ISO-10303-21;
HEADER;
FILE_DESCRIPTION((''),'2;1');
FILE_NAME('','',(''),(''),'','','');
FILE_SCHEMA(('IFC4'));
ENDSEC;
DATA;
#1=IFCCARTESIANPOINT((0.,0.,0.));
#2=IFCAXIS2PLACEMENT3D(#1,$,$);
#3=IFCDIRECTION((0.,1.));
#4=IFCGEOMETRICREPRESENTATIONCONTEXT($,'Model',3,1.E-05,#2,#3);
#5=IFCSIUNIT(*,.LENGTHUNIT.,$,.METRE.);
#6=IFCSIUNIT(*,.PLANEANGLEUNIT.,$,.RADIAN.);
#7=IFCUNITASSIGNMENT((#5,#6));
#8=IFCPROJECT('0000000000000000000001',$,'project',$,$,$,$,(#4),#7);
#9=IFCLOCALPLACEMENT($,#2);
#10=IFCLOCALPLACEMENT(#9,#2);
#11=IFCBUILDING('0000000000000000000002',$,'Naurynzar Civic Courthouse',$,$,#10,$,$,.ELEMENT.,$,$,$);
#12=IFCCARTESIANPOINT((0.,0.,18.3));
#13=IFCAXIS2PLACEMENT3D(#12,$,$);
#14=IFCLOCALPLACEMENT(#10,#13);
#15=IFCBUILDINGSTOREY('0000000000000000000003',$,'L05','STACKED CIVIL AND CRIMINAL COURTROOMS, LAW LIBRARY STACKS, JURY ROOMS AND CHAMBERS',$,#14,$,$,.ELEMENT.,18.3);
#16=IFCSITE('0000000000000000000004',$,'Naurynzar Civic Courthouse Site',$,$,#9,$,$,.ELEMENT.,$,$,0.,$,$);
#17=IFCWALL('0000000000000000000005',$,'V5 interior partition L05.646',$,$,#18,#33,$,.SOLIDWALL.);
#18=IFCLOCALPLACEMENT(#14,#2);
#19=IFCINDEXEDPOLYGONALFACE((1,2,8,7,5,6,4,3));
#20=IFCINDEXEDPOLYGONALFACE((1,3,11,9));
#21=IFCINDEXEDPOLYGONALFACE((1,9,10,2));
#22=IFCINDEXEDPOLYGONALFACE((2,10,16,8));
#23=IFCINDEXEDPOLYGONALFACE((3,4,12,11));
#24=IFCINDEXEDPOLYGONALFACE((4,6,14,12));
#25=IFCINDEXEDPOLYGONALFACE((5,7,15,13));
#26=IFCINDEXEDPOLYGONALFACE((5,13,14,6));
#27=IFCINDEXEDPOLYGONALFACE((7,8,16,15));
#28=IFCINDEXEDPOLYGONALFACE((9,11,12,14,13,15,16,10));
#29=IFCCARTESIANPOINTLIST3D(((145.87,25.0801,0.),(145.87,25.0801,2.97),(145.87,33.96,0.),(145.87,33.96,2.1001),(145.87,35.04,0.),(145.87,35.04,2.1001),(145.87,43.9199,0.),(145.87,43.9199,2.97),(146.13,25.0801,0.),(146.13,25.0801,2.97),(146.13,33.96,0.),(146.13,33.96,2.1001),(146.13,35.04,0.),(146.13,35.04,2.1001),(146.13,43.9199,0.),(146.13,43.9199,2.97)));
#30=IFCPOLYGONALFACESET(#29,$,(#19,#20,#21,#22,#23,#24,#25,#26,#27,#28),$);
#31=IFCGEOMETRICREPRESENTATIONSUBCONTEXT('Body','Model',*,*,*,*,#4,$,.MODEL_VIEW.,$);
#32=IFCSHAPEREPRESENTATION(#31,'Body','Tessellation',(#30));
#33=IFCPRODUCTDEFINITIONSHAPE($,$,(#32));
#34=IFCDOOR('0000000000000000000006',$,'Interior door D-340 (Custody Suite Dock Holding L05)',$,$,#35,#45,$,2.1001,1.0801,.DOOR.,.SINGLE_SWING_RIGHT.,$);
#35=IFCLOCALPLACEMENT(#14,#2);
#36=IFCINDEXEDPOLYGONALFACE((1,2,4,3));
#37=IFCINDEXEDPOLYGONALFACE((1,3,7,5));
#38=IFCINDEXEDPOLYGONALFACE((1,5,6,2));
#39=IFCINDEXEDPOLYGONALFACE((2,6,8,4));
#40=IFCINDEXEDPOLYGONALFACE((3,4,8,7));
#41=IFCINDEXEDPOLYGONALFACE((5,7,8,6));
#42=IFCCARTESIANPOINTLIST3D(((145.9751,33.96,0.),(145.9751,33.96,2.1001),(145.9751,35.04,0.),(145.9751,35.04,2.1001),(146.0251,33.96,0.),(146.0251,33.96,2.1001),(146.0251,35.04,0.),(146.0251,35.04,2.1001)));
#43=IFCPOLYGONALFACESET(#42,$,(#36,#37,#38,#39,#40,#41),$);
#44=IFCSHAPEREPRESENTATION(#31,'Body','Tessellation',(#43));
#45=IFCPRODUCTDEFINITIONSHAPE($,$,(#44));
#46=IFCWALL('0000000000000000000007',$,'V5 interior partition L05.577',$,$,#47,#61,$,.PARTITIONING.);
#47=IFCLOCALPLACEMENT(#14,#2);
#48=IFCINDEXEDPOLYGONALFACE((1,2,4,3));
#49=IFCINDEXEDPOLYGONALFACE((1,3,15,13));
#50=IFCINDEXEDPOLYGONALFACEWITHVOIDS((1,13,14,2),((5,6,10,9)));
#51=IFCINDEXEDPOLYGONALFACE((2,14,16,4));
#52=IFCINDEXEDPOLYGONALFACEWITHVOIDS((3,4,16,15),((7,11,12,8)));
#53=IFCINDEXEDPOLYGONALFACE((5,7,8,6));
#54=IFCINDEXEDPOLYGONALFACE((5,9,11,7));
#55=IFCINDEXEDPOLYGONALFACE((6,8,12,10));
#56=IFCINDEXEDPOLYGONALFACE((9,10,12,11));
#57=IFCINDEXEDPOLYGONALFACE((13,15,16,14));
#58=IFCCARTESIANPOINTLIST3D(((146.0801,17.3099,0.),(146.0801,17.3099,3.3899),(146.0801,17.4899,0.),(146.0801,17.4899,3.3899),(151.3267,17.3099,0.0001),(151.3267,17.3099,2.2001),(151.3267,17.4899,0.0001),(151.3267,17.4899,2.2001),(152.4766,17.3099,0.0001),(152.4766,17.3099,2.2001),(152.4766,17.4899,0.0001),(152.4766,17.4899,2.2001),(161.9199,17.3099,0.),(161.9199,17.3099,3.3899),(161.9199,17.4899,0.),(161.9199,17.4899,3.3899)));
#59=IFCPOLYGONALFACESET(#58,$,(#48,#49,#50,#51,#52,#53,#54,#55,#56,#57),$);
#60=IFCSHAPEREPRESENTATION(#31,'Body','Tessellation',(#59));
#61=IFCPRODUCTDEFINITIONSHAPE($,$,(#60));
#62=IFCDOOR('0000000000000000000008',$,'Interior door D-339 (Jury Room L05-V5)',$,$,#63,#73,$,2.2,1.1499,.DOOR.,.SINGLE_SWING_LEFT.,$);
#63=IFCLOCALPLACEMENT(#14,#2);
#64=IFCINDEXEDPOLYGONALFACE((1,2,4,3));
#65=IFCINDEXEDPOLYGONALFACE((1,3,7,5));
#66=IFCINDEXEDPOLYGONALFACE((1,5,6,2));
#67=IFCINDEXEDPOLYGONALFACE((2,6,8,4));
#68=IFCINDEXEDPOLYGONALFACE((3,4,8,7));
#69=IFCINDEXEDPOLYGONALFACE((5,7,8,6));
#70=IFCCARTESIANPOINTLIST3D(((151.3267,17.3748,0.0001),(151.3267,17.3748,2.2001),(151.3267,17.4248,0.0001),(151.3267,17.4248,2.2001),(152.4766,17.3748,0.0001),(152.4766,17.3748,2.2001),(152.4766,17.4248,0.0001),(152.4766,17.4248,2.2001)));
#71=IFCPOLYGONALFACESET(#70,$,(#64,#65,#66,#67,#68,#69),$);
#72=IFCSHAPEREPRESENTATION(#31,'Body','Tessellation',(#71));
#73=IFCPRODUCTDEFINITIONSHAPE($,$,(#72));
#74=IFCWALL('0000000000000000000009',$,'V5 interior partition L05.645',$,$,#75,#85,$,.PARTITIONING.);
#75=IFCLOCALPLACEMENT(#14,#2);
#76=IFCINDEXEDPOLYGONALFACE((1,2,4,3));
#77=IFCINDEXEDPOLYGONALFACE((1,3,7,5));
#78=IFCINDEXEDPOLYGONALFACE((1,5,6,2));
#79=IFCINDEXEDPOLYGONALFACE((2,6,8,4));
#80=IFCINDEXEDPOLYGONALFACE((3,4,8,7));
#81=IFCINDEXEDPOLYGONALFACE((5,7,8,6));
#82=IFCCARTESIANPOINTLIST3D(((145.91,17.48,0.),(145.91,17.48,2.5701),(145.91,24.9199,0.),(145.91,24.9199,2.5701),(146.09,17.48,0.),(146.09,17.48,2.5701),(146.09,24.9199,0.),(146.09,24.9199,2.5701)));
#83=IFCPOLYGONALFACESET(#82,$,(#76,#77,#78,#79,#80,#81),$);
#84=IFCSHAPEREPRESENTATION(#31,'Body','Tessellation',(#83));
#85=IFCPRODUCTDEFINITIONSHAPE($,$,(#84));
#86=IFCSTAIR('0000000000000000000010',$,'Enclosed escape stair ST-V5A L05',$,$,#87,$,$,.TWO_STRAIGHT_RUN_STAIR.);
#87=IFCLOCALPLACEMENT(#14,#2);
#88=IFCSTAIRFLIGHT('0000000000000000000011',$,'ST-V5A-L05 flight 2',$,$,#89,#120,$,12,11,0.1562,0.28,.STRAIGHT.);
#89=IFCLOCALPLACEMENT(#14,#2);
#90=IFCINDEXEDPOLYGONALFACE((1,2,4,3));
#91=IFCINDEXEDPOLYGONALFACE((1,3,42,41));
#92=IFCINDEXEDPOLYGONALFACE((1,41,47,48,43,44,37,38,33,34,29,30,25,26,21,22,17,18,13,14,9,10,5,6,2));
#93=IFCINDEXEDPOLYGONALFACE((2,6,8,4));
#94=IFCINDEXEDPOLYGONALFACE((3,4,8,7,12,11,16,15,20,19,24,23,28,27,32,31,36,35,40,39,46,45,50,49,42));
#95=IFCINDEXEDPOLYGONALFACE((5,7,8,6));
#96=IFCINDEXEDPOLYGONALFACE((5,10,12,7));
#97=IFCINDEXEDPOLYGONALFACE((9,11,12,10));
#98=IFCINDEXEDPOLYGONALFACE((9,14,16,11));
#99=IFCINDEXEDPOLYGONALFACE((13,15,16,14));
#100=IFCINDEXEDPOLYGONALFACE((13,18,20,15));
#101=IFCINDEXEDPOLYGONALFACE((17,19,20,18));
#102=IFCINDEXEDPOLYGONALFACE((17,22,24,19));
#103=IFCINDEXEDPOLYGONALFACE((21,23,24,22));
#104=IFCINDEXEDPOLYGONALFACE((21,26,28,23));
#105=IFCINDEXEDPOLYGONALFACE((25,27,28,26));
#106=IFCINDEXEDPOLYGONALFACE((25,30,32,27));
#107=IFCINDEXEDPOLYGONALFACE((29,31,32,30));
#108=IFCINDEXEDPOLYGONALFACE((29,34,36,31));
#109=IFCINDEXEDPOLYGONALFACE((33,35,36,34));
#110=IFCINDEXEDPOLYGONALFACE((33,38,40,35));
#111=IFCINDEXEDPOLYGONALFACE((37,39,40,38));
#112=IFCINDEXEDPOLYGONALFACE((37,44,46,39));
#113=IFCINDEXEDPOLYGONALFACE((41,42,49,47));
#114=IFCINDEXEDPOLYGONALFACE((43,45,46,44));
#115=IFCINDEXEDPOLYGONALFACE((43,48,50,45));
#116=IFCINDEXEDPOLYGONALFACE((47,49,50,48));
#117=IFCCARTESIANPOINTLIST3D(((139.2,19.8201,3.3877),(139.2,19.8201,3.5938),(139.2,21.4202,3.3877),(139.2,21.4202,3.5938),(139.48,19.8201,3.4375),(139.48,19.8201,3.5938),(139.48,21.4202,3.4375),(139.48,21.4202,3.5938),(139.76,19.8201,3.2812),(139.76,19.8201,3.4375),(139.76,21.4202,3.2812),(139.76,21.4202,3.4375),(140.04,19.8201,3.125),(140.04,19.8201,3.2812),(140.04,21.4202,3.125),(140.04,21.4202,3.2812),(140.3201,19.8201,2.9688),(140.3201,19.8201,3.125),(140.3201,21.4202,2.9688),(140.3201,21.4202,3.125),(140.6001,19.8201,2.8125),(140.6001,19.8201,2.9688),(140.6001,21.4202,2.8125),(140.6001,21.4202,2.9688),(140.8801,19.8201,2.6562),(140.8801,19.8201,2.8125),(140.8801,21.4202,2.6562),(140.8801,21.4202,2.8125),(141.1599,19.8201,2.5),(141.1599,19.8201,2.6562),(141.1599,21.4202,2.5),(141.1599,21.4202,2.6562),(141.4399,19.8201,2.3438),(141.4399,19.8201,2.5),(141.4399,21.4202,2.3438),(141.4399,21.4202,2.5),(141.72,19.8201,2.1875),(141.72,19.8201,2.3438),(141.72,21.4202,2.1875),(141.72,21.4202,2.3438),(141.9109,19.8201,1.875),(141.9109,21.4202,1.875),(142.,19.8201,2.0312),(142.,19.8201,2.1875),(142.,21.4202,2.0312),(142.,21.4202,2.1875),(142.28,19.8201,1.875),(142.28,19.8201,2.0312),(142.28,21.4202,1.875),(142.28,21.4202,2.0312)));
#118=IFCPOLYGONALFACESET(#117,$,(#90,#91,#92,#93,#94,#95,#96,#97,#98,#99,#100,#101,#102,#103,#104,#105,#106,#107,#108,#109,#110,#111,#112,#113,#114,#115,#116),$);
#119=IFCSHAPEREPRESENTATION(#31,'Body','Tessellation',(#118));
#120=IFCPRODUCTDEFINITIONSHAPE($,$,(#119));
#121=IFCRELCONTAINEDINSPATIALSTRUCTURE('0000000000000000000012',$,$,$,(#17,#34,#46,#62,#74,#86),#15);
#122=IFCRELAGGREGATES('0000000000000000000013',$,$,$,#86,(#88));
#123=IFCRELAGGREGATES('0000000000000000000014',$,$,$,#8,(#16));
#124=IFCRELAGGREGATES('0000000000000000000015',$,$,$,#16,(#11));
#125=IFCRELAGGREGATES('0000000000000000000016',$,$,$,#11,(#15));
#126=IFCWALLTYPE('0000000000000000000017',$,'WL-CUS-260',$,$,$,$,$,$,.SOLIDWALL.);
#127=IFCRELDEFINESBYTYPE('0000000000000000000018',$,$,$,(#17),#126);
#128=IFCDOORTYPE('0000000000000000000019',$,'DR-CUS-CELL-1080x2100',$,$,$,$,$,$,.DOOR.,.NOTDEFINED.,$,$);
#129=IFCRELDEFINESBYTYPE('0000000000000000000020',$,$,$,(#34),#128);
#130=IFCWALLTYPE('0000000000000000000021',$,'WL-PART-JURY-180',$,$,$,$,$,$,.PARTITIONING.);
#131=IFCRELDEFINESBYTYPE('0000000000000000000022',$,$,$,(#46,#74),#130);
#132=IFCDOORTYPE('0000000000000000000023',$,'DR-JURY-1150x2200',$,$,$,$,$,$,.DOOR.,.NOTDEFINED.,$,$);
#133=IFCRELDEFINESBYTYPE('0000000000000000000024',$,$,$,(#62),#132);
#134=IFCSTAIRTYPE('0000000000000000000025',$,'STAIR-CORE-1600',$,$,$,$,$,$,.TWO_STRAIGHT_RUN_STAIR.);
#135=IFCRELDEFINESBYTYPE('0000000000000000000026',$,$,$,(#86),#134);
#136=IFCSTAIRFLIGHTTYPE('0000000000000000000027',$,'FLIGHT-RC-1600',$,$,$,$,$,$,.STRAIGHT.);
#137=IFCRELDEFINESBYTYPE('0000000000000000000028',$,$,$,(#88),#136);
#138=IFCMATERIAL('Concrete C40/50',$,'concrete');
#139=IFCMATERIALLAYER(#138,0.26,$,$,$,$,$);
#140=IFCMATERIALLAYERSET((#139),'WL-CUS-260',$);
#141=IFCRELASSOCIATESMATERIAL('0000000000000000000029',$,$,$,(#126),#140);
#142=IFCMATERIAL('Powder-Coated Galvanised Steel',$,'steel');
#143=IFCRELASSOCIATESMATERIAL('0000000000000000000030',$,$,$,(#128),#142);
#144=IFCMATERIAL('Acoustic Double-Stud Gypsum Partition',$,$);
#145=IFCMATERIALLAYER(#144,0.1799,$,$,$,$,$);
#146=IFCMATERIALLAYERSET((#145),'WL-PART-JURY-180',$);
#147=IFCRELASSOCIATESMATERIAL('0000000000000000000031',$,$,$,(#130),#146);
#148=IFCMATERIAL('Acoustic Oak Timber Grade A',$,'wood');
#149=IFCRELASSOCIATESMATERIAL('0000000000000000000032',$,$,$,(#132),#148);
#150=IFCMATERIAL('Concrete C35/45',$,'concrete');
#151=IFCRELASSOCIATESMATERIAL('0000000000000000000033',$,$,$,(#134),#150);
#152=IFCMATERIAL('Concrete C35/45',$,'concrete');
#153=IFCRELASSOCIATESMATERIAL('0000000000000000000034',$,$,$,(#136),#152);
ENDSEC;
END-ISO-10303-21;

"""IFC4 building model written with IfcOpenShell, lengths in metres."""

from ifc_helpers import new_model, si_unit, direction, frame, frame_2d, origin, place, context, subcontext, project, spatial, polyline, rectangle, outline, extrude, material, layer, layer_set, type_object, element, fill, aggregate, save


model = new_model("IFC4")

# Units and contexts
model_context = context("Model", 3, precision=1e-05, world=origin(), true_north=direction((0.0, 1.0)))
body_context = subcontext(model_context, "Body", "Model", "MODEL_VIEW")
ifc_project = project(units=[si_unit("LENGTHUNIT", "METRE"), si_unit("PLANEANGLEUNIT", "RADIAN")], contexts=[model_context])

# Site, building, storey
site_placement = place(None, origin())
site = spatial("IfcSite", under=ifc_project, at=site_placement, Name="Naurynzar Civic Courthouse Site", CompositionType="ELEMENT", RefElevation=0.0)
building_placement = place(site_placement, origin())
building = spatial("IfcBuilding", under=site, at=building_placement, Name="Naurynzar Civic Courthouse", CompositionType="ELEMENT")
storey_placement = place(building_placement, frame((0.0, 0.0, 18.3)))
storey = spatial("IfcBuildingStorey", under=building, at=storey_placement, Name="L05", Description="STACKED CIVIL AND CRIMINAL COURTROOMS, LAW LIBRARY STACKS, JURY ROOMS AND CHAMBERS", CompositionType="ELEMENT", Elevation=18.3)

# Shared definitions
ifc_material_1 = material(Name="Concrete C40/50", Category="concrete")
ifc_layer_1 = layer(ifc_material_1, 0.26)
ifc_layer_set_1 = layer_set([ifc_layer_1], Name="WL-CUS-260")
wall_type_1 = type_object("IfcWallType", Name="WL-CUS-260", PredefinedType="SOLIDWALL", material=ifc_layer_set_1)

# Walls, openings, doors
wall_1_placement = place(storey_placement, frame((146.0, 25.0801, 0.0), z_axis=(0.0, 0.0, 1.0), x_axis=(0.0, 1.0, 0.0)))
wall_1 = element("IfcWall", 1, at=wall_1_placement, inside=storey, type_object=wall_type_1, Name="V5 interior partition L05.646", PredefinedType="SOLIDWALL", context=body_context, shape_type="SweptSolid", body=[
    extrude(rectangle(XDim=18.8398, YDim=0.26, at=frame_2d((9.4199, 0.0))), origin(), (0.0, 0.0, 1.0), 2.97),
])
opening_1_placement = place(wall_1_placement, frame((8.8799, 0.0, 0.0)))
opening_1 = element("IfcOpeningElement", 2, at=opening_1_placement, cuts=wall_1, PredefinedType="OPENING", context=body_context, shape_type="SweptSolid", body=[
    extrude(rectangle(XDim=1.0801, YDim=2.1001, at=frame_2d((0.54, 1.05))), frame((0.0, 0.1399, 0.0), z_axis=(0.0, -1.0, 0.0), x_axis=(1.0, 0.0, 0.0)), (0.0, 0.0, 1.0), 0.28),
])
ifc_material_2 = material(Name="Powder-Coated Galvanised Steel", Category="steel")
door_type_1 = type_object("IfcDoorType", Name="DR-CUS-CELL-1080x2100", OperationType="NOTDEFINED", PredefinedType="DOOR", material=ifc_material_2)
door_1_placement = place(opening_1_placement, origin())
door_1 = element("IfcDoor", 3, at=door_1_placement, inside=storey, type_object=door_type_1, Name="Interior door D-340 (Custody Suite Dock Holding L05)", OperationType="SINGLE_SWING_RIGHT", OverallHeight=2.1001, OverallWidth=1.0801, PredefinedType="DOOR", context=body_context, shape_type="SweptSolid", body=[
    extrude(rectangle(XDim=1.0801, YDim=2.1001, at=frame_2d((0.54, 1.05))), frame((0.0, 0.0249, 0.0), z_axis=(0.0, -1.0, 0.0), x_axis=(1.0, 0.0, 0.0)), (0.0, 0.0, 1.0), 0.05),
])
fill(opening_1, door_1)
ifc_material_3 = material(Name="Acoustic Double-Stud Gypsum Partition")
ifc_layer_2 = layer(ifc_material_3, 0.1799)
ifc_layer_set_2 = layer_set([ifc_layer_2], Name="WL-PART-JURY-180")
wall_type_2 = type_object("IfcWallType", Name="WL-PART-JURY-180", PredefinedType="PARTITIONING", material=ifc_layer_set_2)
wall_2_placement = place(storey_placement, frame((146.0801, 17.3999, 0.0), z_axis=(0.0, 0.0, 1.0), x_axis=(1.0, 0.0, 0.0)))
wall_2 = element("IfcWall", 4, at=wall_2_placement, inside=storey, type_object=wall_type_2, Name="V5 interior partition L05.577", PredefinedType="PARTITIONING", context=body_context, shape_type="SweptSolid", body=[
    extrude(rectangle(XDim=15.8398, YDim=0.1799, at=frame_2d((7.9199, 0.0))), origin(), (0.0, 0.0, 1.0), 3.3899),
])
opening_2_placement = place(wall_2_placement, frame((5.2466, 0.0, 0.0)))
opening_2 = element("IfcOpeningElement", 5, at=opening_2_placement, cuts=wall_2, PredefinedType="OPENING", context=body_context, shape_type="SweptSolid", body=[
    extrude(rectangle(XDim=1.1499, YDim=2.2, at=frame_2d((0.575, 1.1001))), frame((0.0, 0.0999, 0.0), z_axis=(0.0, -1.0, 0.0), x_axis=(1.0, 0.0, 0.0)), (0.0, 0.0, 1.0), 0.2),
])
ifc_material_4 = material(Name="Acoustic Oak Timber Grade A", Category="wood")
door_type_2 = type_object("IfcDoorType", Name="DR-JURY-1150x2200", OperationType="NOTDEFINED", PredefinedType="DOOR", material=ifc_material_4)
door_2_placement = place(opening_2_placement, origin())
door_2 = element("IfcDoor", 6, at=door_2_placement, inside=storey, type_object=door_type_2, Name="Interior door D-339 (Jury Room L05-V5)", OperationType="SINGLE_SWING_LEFT", OverallHeight=2.2, OverallWidth=1.1499, PredefinedType="DOOR", context=body_context, shape_type="SweptSolid", body=[
    extrude(rectangle(XDim=1.1499, YDim=2.2, at=frame_2d((0.575, 1.1001))), frame((0.0, 0.0249, 0.0), z_axis=(0.0, -1.0, 0.0), x_axis=(1.0, 0.0, 0.0)), (0.0, 0.0, 1.0), 0.05),
])
fill(opening_2, door_2)

# Wall
wall_3_placement = place(storey_placement, frame((146.0, 17.48, 0.0), z_axis=(0.0, 0.0, 1.0), x_axis=(0.0, 1.0, 0.0)))
element("IfcWall", 7, at=wall_3_placement, inside=storey, type_object=wall_type_2, Name="V5 interior partition L05.645", PredefinedType="PARTITIONING", context=body_context, shape_type="SweptSolid", body=[
    extrude(rectangle(XDim=7.4399, YDim=0.1799, at=frame_2d((3.72, 0.0))), origin(), (0.0, 0.0, 1.0), 2.5701),
])

# Stair, stair flight
ifc_material_5 = material(Name="Concrete C35/45", Category="concrete")
stair_type = type_object("IfcStairType", Name="STAIR-CORE-1600", PredefinedType="TWO_STRAIGHT_RUN_STAIR", material=ifc_material_5)
stair_placement = place(storey_placement, origin())
stair = element("IfcStair", 8, at=stair_placement, inside=storey, type_object=stair_type, Name="Enclosed escape stair ST-V5A L05", PredefinedType="TWO_STRAIGHT_RUN_STAIR")
ifc_material_6 = material(Name="Concrete C35/45", Category="concrete")
stair_flight_type = type_object("IfcStairFlightType", Name="FLIGHT-RC-1600", PredefinedType="STRAIGHT", material=ifc_material_6)
stair_flight_placement = place(storey_placement, frame((142.28, 20.6201, 1.875), z_axis=(0.0, 0.0, 1.0), x_axis=(-1.0, 0.0, 0.0)))
stair_flight = element("IfcStairFlight", 9, at=stair_flight_placement, type_object=stair_flight_type, Name="ST-V5A-L05 flight 2", NumberOfRisers=12, NumberOfTreads=11, PredefinedType="STRAIGHT", RiserHeight=0.1562, TreadLength=0.28, context=body_context, shape_type="SweptSolid", body=[
    extrude(outline(polyline([(0.0, 0.0), (0.0, 0.1562), (0.28, 0.1562), (0.28, 0.3125), (0.5601, 0.3125), (0.5601, 0.4688), (0.8401, 0.4688), (0.8401, 0.625), (1.1201, 0.625), (1.1201, 0.7812), (1.3999, 0.7812), (1.3999, 0.9375), (1.6799, 0.9375), (1.6799, 1.0938), (1.96, 1.0938), (1.96, 1.25), (2.24, 1.25), (2.24, 1.4062), (2.52, 1.4062), (2.52, 1.5625), (2.8, 1.5625), (2.8, 1.7188), (3.0801, 1.7188), (3.0801, 1.875), (3.0801, 1.5127), (0.3691, 0.0), (0.0, 0.0)])), frame((0.0, 0.8, 0.0), z_axis=(0.0, -1.0, 0.0), x_axis=(1.0, 0.0, 0.0)), (0.0, 0.0, 1.0), 1.6001),
])
aggregate(stair, [stair_flight])

save(model, "model.ifc")
